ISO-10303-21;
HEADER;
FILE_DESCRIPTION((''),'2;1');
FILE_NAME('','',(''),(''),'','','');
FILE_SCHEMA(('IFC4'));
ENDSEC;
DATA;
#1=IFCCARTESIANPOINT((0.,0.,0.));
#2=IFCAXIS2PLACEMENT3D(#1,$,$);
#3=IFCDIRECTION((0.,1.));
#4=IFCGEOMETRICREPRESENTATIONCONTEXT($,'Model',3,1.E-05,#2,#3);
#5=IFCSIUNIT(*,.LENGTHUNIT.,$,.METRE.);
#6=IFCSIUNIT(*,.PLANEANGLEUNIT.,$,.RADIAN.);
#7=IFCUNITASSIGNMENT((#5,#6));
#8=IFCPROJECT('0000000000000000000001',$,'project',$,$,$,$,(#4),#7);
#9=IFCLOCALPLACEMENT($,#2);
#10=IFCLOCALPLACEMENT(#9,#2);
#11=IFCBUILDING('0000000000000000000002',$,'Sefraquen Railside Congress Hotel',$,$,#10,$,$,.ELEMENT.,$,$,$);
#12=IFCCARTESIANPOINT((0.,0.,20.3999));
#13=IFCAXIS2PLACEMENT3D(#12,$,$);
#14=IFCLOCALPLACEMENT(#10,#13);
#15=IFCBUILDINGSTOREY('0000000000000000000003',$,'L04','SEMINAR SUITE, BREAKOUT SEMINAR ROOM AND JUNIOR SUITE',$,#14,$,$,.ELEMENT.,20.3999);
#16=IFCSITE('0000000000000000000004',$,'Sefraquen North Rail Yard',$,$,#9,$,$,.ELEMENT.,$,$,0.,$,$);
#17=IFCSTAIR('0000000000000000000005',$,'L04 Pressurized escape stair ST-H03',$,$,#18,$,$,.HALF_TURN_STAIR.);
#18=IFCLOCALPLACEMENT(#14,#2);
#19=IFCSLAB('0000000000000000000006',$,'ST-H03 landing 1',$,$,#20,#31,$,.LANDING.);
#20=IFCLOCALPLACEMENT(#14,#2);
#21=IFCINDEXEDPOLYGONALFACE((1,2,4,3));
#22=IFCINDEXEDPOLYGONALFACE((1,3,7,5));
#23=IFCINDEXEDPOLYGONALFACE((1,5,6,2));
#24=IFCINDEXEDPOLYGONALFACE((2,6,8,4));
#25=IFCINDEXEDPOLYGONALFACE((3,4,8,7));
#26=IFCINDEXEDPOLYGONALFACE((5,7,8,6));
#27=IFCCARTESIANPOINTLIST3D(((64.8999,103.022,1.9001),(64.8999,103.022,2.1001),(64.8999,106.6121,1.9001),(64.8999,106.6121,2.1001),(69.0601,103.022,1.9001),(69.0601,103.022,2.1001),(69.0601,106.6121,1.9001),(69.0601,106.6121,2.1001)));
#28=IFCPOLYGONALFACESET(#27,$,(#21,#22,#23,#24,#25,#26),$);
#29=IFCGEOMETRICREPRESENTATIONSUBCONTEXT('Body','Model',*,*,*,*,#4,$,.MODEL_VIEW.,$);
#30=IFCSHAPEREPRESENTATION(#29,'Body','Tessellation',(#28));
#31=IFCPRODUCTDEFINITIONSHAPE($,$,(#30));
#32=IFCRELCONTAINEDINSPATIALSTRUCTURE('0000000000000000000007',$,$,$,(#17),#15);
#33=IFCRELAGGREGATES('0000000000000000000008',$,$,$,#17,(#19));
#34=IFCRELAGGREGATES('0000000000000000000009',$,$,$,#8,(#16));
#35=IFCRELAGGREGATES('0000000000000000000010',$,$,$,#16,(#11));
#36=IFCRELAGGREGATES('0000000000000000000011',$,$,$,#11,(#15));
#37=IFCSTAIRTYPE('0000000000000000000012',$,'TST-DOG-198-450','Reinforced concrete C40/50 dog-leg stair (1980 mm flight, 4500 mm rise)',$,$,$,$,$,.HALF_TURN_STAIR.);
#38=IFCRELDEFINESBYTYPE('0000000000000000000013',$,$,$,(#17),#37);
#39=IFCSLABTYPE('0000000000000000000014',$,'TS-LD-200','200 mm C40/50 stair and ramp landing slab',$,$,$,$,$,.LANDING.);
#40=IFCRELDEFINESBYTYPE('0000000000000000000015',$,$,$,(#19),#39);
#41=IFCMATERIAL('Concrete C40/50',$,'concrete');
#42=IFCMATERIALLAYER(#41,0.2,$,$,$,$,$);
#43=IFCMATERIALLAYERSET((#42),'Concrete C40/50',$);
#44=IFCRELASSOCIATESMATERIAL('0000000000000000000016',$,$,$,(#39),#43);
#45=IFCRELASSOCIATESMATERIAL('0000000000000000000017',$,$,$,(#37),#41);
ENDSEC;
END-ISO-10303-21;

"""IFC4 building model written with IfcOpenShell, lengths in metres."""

from ifc_helpers import new_model, si_unit, direction, frame, origin, place, context, subcontext, project, spatial, polyline, outline, extrude, material, layer, layer_set, type_object, element, aggregate, save


model = new_model("IFC4")

# Units and contexts
model_context = context("Model", 3, precision=1e-05, world=origin(), true_north=direction((0.0, 1.0)))
body_context = subcontext(model_context, "Body", "Model", "MODEL_VIEW")
ifc_project = project(units=[si_unit("LENGTHUNIT", "METRE"), si_unit("PLANEANGLEUNIT", "RADIAN")], contexts=[model_context])

# Site, building, storey
site_placement = place(None, origin())
site = spatial("IfcSite", under=ifc_project, at=site_placement, Name="Sefraquen North Rail Yard", CompositionType="ELEMENT", RefElevation=0.0)
building_placement = place(site_placement, origin())
building = spatial("IfcBuilding", under=site, at=building_placement, Name="Sefraquen Railside Congress Hotel", CompositionType="ELEMENT")
storey_placement = place(building_placement, frame((0.0, 0.0, 20.3999)))
storey = spatial("IfcBuildingStorey", under=building, at=storey_placement, Name="L04", Description="SEMINAR SUITE, BREAKOUT SEMINAR ROOM AND JUNIOR SUITE", CompositionType="ELEMENT", Elevation=20.3999)

# Shared definitions
ifc_material_1 = material(Name="Concrete C40/50", Category="concrete")

# Stair, slab
ifc_layer_1 = layer(ifc_material_1, 0.2)
ifc_layer_set_1 = layer_set([ifc_layer_1], Name="Concrete C40/50")
slab_type_1 = type_object("IfcSlabType", Name="TS-LD-200", Description="200 mm C40/50 stair and ramp landing slab", PredefinedType="LANDING", material=ifc_layer_set_1)
stair_type_1 = type_object("IfcStairType", Name="TST-DOG-198-450", Description="Reinforced concrete C40/50 dog-leg stair (1980 mm flight, 4500 mm rise)", PredefinedType="HALF_TURN_STAIR", material=ifc_material_1)
stair_1_placement = place(storey_placement, origin())
stair_1 = element("IfcStair", 1, at=stair_1_placement, inside=storey, type_object=stair_type_1, Name="L04 Pressurized escape stair ST-H03", PredefinedType="HALF_TURN_STAIR")
slab_1_placement = place(storey_placement, frame((0.0, 0.0, 1.9001)))
slab_1 = element("IfcSlab", 2, at=slab_1_placement, type_object=slab_type_1, Name="ST-H03 landing 1", PredefinedType="LANDING", context=body_context, shape_type="SweptSolid", body=[
    extrude(outline(polyline([(69.0601, 103.022), (69.0601, 106.6121), (64.8999, 106.6121), (64.8999, 103.022), (69.0601, 103.022)])), origin(), (0.0, 0.0, 1.0), 0.2),
])
aggregate(stair_1, [slab_1])

save(model, "model.ifc")
